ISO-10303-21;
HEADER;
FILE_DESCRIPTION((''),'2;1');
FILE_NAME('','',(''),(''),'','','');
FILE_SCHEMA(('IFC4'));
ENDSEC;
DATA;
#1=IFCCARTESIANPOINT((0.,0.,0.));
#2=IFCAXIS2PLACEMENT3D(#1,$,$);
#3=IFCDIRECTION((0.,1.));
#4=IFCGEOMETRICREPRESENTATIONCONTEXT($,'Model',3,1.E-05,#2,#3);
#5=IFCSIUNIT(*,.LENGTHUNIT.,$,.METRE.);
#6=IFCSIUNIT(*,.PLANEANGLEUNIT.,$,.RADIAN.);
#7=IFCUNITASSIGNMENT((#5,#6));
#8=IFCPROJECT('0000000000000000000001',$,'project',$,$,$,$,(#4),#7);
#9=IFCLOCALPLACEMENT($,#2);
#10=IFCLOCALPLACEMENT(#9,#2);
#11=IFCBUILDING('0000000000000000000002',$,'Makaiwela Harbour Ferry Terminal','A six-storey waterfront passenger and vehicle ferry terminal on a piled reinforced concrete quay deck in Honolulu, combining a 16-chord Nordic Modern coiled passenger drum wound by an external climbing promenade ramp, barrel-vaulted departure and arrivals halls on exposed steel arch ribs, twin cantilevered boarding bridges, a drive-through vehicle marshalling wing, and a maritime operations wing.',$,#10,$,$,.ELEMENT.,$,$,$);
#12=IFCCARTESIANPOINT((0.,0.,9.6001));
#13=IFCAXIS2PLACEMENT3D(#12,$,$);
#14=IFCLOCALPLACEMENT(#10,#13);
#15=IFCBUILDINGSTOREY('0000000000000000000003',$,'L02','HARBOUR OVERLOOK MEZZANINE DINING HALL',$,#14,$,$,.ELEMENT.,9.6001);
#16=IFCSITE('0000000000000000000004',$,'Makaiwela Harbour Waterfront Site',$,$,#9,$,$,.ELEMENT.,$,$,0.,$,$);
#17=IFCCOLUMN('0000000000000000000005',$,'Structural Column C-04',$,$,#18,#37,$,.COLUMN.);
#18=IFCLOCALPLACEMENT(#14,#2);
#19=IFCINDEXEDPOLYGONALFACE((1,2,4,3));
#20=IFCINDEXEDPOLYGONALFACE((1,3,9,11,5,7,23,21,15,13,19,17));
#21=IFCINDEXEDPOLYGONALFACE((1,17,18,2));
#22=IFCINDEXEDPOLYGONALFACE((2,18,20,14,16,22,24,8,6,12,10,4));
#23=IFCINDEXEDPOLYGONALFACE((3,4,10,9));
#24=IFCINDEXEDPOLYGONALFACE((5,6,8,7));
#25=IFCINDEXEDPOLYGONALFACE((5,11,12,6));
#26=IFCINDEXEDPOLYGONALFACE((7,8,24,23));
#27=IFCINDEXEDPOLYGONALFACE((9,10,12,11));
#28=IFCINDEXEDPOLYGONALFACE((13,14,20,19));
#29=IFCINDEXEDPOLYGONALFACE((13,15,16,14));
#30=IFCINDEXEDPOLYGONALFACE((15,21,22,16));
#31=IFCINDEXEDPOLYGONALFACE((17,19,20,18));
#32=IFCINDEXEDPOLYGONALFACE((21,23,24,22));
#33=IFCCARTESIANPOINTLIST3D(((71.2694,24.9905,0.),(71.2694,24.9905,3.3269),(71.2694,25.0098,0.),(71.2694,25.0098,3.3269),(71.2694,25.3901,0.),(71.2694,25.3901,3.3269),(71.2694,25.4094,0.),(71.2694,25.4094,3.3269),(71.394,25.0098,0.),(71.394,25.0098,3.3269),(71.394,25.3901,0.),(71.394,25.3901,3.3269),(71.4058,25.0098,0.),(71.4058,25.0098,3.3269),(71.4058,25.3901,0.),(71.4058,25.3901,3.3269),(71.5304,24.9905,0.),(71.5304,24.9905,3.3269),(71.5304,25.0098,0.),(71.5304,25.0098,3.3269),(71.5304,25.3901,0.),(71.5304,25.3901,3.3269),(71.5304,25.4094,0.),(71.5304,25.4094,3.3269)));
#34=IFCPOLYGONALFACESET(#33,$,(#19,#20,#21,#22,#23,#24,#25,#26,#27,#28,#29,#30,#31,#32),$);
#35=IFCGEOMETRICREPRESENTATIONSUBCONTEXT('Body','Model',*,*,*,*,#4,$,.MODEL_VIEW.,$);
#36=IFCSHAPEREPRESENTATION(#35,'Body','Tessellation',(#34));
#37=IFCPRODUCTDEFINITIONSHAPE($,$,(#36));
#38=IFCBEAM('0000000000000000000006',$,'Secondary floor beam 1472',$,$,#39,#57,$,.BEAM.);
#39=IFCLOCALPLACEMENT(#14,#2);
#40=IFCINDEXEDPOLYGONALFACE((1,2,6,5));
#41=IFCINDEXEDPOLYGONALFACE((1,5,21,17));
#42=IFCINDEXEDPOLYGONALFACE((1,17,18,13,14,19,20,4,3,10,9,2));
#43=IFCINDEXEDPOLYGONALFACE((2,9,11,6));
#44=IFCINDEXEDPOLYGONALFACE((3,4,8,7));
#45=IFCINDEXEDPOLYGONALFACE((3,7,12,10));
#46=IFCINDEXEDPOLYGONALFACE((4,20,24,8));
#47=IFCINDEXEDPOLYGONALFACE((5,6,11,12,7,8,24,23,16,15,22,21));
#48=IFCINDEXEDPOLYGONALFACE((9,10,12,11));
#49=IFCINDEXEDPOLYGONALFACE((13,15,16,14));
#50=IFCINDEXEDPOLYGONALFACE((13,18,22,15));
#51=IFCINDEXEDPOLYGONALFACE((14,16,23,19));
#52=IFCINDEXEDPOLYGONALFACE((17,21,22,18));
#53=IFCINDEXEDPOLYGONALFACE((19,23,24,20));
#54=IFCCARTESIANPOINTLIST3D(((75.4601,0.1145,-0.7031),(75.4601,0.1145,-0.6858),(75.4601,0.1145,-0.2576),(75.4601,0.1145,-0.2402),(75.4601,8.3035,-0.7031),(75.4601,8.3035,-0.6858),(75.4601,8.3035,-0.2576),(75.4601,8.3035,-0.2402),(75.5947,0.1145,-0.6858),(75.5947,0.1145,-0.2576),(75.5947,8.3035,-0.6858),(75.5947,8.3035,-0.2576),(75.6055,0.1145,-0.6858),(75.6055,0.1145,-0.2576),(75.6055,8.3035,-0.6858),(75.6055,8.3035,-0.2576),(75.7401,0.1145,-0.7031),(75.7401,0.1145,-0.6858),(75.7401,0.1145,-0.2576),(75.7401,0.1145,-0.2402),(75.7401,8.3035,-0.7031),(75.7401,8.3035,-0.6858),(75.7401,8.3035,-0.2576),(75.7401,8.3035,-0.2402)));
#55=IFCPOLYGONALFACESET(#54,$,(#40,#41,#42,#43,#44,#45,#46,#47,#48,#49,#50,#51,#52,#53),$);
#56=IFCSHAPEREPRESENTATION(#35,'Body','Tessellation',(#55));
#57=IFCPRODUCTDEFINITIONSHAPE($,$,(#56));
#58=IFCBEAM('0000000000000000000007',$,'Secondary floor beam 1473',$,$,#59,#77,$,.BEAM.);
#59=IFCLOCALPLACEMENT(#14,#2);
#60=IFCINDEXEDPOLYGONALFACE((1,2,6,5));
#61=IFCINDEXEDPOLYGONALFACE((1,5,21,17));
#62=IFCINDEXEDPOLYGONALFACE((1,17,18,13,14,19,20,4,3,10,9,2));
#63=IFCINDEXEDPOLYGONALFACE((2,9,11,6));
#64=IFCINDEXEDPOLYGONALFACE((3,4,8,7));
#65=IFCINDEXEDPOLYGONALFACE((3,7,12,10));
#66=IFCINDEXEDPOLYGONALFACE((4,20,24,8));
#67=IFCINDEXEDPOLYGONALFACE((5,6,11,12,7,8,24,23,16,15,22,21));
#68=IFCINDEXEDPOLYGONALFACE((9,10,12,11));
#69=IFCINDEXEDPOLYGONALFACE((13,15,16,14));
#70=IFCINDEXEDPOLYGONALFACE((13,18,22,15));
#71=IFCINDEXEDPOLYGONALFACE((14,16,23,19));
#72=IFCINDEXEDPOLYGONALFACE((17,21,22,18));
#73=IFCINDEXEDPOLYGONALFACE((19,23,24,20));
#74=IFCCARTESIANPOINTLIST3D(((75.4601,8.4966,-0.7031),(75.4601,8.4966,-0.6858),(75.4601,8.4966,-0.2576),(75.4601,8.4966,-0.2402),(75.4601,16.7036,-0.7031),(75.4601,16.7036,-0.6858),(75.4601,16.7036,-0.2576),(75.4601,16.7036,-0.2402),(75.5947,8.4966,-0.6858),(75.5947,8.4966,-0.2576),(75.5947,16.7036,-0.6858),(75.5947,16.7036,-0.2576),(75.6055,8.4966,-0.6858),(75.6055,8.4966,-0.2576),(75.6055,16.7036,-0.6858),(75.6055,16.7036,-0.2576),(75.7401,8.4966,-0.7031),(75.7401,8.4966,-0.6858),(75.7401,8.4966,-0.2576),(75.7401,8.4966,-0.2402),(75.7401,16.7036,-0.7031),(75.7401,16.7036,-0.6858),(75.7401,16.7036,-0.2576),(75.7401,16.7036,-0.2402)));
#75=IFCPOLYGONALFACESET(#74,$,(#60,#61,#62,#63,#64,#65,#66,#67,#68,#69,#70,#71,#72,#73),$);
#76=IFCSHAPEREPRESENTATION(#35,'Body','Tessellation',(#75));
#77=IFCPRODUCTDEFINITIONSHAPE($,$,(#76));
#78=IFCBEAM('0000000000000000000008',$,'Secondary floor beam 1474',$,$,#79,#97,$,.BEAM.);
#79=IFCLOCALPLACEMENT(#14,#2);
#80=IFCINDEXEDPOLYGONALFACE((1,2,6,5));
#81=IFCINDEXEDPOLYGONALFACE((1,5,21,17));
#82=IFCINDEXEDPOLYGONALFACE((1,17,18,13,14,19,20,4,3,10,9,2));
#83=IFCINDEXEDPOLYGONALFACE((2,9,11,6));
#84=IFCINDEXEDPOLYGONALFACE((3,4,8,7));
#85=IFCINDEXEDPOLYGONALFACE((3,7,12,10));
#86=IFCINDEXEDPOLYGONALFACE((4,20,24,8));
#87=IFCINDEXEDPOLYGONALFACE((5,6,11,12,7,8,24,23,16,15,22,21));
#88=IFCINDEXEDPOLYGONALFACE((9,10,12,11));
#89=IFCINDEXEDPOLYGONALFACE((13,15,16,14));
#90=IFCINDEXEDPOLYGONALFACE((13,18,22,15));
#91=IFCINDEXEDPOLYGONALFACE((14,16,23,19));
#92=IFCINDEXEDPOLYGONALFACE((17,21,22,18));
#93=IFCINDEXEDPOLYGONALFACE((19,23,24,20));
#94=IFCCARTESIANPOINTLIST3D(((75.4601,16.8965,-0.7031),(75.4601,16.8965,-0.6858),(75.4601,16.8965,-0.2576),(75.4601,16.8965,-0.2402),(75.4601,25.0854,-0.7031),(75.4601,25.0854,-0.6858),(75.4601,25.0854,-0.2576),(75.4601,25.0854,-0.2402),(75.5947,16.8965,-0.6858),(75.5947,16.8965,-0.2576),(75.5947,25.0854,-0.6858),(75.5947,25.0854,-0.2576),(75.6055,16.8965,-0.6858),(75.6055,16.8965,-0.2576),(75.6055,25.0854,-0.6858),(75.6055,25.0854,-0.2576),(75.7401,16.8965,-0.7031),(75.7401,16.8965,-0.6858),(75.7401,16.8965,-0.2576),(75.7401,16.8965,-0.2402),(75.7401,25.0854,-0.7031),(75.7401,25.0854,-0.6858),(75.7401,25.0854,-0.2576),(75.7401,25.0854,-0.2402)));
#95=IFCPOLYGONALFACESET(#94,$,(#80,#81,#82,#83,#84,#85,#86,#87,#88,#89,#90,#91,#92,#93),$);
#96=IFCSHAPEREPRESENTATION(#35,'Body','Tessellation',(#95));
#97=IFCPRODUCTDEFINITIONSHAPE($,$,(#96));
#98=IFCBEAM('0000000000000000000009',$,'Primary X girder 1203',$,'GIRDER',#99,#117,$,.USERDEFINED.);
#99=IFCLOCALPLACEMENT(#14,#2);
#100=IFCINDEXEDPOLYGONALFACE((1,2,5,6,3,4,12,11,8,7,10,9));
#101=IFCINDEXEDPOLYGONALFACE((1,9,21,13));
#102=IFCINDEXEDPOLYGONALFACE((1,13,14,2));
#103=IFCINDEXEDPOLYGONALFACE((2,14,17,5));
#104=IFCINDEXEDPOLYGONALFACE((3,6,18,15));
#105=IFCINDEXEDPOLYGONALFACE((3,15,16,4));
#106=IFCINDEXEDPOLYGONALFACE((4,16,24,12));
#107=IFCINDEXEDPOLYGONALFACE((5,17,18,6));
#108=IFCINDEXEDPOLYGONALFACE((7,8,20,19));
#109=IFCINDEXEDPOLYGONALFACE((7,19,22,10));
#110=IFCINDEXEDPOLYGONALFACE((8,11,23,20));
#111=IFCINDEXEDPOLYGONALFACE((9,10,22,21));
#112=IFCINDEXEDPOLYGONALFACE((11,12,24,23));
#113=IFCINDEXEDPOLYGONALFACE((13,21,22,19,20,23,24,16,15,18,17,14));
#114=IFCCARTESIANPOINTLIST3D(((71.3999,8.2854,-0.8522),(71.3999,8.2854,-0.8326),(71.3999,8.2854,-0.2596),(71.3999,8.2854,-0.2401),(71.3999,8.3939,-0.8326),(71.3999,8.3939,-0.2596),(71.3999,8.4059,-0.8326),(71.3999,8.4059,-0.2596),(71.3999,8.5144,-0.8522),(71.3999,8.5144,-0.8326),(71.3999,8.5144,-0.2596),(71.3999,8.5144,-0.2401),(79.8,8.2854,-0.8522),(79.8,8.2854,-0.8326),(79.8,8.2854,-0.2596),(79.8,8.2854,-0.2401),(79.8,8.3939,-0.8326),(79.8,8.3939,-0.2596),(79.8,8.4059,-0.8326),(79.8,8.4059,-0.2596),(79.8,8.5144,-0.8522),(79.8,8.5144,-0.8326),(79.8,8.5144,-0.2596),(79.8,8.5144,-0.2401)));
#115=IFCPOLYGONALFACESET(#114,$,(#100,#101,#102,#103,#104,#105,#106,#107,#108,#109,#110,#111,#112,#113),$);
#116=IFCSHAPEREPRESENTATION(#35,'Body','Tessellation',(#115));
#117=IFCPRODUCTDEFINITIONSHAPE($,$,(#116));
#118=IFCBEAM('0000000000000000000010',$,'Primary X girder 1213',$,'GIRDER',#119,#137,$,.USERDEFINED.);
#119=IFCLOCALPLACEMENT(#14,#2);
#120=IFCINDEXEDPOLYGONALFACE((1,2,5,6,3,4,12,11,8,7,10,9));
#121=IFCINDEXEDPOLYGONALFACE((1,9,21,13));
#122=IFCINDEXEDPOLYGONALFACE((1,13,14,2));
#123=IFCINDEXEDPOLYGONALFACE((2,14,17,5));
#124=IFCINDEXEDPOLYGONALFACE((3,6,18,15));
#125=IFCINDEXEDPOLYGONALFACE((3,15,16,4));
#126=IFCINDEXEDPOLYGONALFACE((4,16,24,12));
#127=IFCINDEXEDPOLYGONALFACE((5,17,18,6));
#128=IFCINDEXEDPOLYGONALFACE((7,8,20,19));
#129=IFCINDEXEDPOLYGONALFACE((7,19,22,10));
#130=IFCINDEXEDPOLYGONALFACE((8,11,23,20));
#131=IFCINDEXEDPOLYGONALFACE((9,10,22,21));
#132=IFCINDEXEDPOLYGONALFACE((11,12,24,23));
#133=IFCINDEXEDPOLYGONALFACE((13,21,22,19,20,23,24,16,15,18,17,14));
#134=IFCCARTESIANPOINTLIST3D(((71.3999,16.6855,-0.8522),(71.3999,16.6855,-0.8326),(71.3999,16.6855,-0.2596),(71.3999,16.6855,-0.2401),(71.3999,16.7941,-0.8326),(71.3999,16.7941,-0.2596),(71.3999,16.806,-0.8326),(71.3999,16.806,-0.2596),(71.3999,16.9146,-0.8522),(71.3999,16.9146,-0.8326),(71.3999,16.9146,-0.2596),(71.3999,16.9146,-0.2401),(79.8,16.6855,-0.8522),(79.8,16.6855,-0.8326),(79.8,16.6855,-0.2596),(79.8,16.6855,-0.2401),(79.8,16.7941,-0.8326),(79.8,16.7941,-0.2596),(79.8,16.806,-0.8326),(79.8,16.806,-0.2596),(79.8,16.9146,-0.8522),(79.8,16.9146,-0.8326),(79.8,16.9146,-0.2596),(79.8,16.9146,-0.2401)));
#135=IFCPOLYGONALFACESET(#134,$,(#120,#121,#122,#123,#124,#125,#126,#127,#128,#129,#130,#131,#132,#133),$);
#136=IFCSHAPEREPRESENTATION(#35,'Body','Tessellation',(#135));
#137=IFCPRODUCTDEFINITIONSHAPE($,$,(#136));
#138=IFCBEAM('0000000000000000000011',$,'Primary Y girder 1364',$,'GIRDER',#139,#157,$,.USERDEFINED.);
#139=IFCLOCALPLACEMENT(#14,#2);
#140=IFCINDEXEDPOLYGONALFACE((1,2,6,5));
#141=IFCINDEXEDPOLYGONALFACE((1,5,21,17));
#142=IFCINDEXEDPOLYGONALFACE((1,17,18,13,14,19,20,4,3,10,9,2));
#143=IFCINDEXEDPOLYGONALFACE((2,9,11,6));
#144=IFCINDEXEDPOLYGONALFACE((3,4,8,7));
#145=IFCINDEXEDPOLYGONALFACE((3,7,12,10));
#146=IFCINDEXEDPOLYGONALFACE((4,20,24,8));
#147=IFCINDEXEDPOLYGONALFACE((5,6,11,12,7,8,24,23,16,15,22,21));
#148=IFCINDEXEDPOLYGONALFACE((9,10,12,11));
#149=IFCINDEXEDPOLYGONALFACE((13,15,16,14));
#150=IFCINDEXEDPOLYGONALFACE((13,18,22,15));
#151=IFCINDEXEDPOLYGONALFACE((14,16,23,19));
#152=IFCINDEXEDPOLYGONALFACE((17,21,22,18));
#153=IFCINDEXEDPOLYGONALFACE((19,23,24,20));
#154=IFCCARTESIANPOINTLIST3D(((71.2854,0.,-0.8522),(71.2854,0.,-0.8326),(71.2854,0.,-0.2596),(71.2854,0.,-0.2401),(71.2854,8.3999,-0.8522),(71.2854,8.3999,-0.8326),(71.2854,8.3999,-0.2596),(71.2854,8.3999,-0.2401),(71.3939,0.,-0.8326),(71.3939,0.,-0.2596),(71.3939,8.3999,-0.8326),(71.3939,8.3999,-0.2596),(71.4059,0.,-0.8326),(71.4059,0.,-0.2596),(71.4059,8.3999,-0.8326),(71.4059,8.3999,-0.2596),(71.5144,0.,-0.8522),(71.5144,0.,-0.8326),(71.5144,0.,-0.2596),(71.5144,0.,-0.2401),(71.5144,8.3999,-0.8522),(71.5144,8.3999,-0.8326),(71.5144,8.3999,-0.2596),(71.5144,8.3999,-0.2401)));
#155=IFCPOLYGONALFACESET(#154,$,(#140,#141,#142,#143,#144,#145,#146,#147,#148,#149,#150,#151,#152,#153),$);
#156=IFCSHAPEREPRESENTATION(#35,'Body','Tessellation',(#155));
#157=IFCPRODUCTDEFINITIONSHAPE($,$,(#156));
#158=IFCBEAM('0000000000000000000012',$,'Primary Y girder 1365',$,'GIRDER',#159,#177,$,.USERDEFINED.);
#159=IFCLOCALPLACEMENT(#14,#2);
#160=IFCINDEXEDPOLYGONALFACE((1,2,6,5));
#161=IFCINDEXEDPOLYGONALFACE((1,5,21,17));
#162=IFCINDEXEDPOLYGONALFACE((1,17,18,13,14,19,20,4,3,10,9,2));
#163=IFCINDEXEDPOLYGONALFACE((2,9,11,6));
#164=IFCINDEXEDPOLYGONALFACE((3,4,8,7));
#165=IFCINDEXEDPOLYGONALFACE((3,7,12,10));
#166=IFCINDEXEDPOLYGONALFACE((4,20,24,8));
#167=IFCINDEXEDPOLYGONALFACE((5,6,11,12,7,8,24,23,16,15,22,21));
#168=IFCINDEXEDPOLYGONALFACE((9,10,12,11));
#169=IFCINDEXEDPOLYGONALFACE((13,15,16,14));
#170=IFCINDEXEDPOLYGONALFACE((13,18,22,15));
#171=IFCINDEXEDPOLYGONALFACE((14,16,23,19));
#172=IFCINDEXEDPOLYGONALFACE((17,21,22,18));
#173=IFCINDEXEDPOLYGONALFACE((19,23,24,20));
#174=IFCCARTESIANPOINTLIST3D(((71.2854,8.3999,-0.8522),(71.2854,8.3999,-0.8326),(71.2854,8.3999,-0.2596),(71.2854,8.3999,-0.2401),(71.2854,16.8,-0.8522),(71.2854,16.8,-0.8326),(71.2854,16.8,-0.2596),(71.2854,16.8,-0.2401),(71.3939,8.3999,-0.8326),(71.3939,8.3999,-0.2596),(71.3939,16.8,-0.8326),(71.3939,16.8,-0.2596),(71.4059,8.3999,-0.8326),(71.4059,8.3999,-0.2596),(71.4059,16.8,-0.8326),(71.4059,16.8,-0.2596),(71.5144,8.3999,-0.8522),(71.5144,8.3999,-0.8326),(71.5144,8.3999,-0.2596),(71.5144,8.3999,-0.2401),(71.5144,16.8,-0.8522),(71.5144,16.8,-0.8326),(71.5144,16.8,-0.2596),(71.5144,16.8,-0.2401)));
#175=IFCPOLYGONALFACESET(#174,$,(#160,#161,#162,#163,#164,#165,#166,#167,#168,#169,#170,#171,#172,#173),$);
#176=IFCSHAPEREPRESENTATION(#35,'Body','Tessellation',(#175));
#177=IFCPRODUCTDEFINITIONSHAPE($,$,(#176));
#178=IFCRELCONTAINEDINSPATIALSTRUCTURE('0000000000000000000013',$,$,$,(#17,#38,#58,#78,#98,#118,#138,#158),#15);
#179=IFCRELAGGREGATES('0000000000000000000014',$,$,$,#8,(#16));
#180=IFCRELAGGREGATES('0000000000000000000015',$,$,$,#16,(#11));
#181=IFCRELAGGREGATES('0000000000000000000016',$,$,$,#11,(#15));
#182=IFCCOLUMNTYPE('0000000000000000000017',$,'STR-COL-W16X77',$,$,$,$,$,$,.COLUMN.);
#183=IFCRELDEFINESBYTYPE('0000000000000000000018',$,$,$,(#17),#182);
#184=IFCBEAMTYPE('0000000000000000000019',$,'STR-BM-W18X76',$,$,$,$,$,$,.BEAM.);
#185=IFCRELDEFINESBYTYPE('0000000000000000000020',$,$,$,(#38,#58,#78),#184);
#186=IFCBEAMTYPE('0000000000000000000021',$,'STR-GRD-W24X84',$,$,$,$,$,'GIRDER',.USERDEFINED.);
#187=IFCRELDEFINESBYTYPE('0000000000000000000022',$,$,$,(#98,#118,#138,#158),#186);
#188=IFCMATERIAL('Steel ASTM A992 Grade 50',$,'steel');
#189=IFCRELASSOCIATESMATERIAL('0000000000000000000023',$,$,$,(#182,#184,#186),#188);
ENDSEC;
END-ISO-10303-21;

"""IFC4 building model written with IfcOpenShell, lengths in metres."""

from ifc_helpers import new_model, si_unit, direction, frame, origin, origin_2d, place, context, subcontext, project, spatial, i_section, extrude, material, material_profile, profile_set, type_object, element, save


model = new_model("IFC4")

# Units and contexts
model_context = context("Model", 3, precision=1e-05, world=origin(), true_north=direction((0.0, 1.0)))
body_context = subcontext(model_context, "Body", "Model", "MODEL_VIEW")
ifc_project = project(units=[si_unit("LENGTHUNIT", "METRE"), si_unit("PLANEANGLEUNIT", "RADIAN")], contexts=[model_context])

# Site, building, storey
site_placement = place(None, origin())
site = spatial("IfcSite", under=ifc_project, at=site_placement, Name="Makaiwela Harbour Waterfront Site", CompositionType="ELEMENT", RefElevation=0.0)
building_placement = place(site_placement, origin())
building = spatial("IfcBuilding", under=site, at=building_placement, Name="Makaiwela Harbour Ferry Terminal", Description="A six-storey waterfront passenger and vehicle ferry terminal on a piled reinforced concrete quay deck in Honolulu, combining a 16-chord Nordic Modern coiled passenger drum wound by an external climbing promenade ramp, barrel-vaulted departure and arrivals halls on exposed steel arch ribs, twin cantilevered boarding bridges, a drive-through vehicle marshalling wing, and a maritime operations wing.", CompositionType="ELEMENT")
storey_placement = place(building_placement, frame((0.0, 0.0, 9.6001)))
storey = spatial("IfcBuildingStorey", under=building, at=storey_placement, Name="L02", Description="HARBOUR OVERLOOK MEZZANINE DINING HALL", CompositionType="ELEMENT", Elevation=9.6001)

# Column
ifc_material_1 = material(Name="Steel ASTM A992 Grade 50", Category="steel")
ifc_material_profile_1 = material_profile(ifc_material_1, i_section(OverallWidth=0.261, OverallDepth=0.4189, WebThickness=0.0117, FlangeThickness=0.0193, at=origin_2d()), Name="W16X77")
ifc_profile_set_1 = profile_set([ifc_material_profile_1], Name="Steel ASTM A992 Grade 50")
column_type = type_object("IfcColumnType", Name="STR-COL-W16X77", PredefinedType="COLUMN", material=ifc_profile_set_1)
column_placement = place(storey_placement, frame((71.3999, 25.2, 0.0), z_axis=(0.0, 0.0, 1.0), x_axis=(1.0, 0.0, 0.0)))
element("IfcColumn", 1, at=column_placement, inside=storey, type_object=column_type, Name="Structural Column C-04", PredefinedType="COLUMN", context=body_context, shape_type="SweptSolid", body=[
    extrude(i_section(OverallWidth=0.261, OverallDepth=0.4189, WebThickness=0.0117, FlangeThickness=0.0193, at=origin_2d()), origin(), (0.0, 0.0, 1.0), 3.3269),
])

# Beams
ifc_material_profile_2 = material_profile(ifc_material_1, i_section(OverallWidth=0.28, OverallDepth=0.4629, WebThickness=0.0107, FlangeThickness=0.0173, at=origin_2d()), Name="W18X76")
ifc_profile_set_2 = profile_set([ifc_material_profile_2], Name="Steel ASTM A992 Grade 50")
beam_type_1 = type_object("IfcBeamType", Name="STR-BM-W18X76", PredefinedType="BEAM", material=ifc_profile_set_2)
beam_1_placement = place(storey_placement, frame((75.6001, 0.1145, -0.4717), z_axis=(0.0, 1.0, 0.0), x_axis=(-1.0, 0.0, 0.0)))
element("IfcBeam", 2, at=beam_1_placement, inside=storey, type_object=beam_type_1, Name="Secondary floor beam 1472", PredefinedType="BEAM", context=body_context, shape_type="SweptSolid", body=[
    extrude(i_section(OverallWidth=0.28, OverallDepth=0.4629, WebThickness=0.0107, FlangeThickness=0.0173, at=origin_2d()), origin(), (0.0, 0.0, 1.0), 8.189),
])
beam_2_placement = place(storey_placement, frame((75.6001, 8.4966, -0.4717), z_axis=(0.0, 1.0, 0.0), x_axis=(-1.0, 0.0, 0.0)))
element("IfcBeam", 3, at=beam_2_placement, inside=storey, type_object=beam_type_1, Name="Secondary floor beam 1473", PredefinedType="BEAM", context=body_context, shape_type="SweptSolid", body=[
    extrude(i_section(OverallWidth=0.28, OverallDepth=0.4629, WebThickness=0.0107, FlangeThickness=0.0173, at=origin_2d()), origin(), (0.0, 0.0, 1.0), 8.207),
])
beam_3_placement = place(storey_placement, frame((75.6001, 16.8965, -0.4717), z_axis=(0.0, 1.0, 0.0), x_axis=(-1.0, 0.0, 0.0)))
element("IfcBeam", 4, at=beam_3_placement, inside=storey, type_object=beam_type_1, Name="Secondary floor beam 1474", PredefinedType="BEAM", context=body_context, shape_type="SweptSolid", body=[
    extrude(i_section(OverallWidth=0.28, OverallDepth=0.4629, WebThickness=0.0107, FlangeThickness=0.0173, at=origin_2d()), origin(), (0.0, 0.0, 1.0), 8.189),
])
ifc_material_profile_3 = material_profile(ifc_material_1, i_section(OverallWidth=0.229, OverallDepth=0.6121, WebThickness=0.012, FlangeThickness=0.0195, at=origin_2d()), Name="W24X84")
ifc_profile_set_3 = profile_set([ifc_material_profile_3], Name="Steel ASTM A992 Grade 50")
beam_type_2 = type_object("IfcBeamType", Name="STR-GRD-W24X84", ElementType="GIRDER", PredefinedType="USERDEFINED", material=ifc_profile_set_3)
for number, where, z_axis, x_axis, name in (
    (5, (71.3999, 8.3999, -0.5461), (1.0, 0.0, 0.0), (0.0, 1.0, 0.0), "Primary X girder 1203"),
    (6, (71.3999, 16.8, -0.5461), (1.0, 0.0, 0.0), (0.0, 1.0, 0.0), "Primary X girder 1213"),
):
    element("IfcBeam", number, at=place(storey_placement, frame(where, z_axis=z_axis, x_axis=x_axis)), inside=storey, type_object=beam_type_2, Name=name, ObjectType="GIRDER", PredefinedType="USERDEFINED", context=body_context, shape_type="SweptSolid", body=[
        extrude(i_section(OverallWidth=0.229, OverallDepth=0.6121, WebThickness=0.012, FlangeThickness=0.0195, at=origin_2d()), origin(), (0.0, 0.0, 1.0), 8.4001),
    ])
beam_4_placement = place(storey_placement, frame((71.3999, 0.0, -0.5461), z_axis=(0.0, 1.0, 0.0), x_axis=(-1.0, 0.0, 0.0)))
element("IfcBeam", 7, at=beam_4_placement, inside=storey, type_object=beam_type_2, Name="Primary Y girder 1364", ObjectType="GIRDER", PredefinedType="USERDEFINED", context=body_context, shape_type="SweptSolid", body=[
    extrude(i_section(OverallWidth=0.229, OverallDepth=0.6121, WebThickness=0.012, FlangeThickness=0.0195, at=origin_2d()), origin(), (0.0, 0.0, 1.0), 8.3999),
])
beam_5_placement = place(storey_placement, frame((71.3999, 8.3999, -0.5461), z_axis=(0.0, 1.0, 0.0), x_axis=(-1.0, 0.0, 0.0)))
element("IfcBeam", 8, at=beam_5_placement, inside=storey, type_object=beam_type_2, Name="Primary Y girder 1365", ObjectType="GIRDER", PredefinedType="USERDEFINED", context=body_context, shape_type="SweptSolid", body=[
    extrude(i_section(OverallWidth=0.229, OverallDepth=0.6121, WebThickness=0.012, FlangeThickness=0.0195, at=origin_2d()), origin(), (0.0, 0.0, 1.0), 8.4001),
])

save(model, "model.ifc")
